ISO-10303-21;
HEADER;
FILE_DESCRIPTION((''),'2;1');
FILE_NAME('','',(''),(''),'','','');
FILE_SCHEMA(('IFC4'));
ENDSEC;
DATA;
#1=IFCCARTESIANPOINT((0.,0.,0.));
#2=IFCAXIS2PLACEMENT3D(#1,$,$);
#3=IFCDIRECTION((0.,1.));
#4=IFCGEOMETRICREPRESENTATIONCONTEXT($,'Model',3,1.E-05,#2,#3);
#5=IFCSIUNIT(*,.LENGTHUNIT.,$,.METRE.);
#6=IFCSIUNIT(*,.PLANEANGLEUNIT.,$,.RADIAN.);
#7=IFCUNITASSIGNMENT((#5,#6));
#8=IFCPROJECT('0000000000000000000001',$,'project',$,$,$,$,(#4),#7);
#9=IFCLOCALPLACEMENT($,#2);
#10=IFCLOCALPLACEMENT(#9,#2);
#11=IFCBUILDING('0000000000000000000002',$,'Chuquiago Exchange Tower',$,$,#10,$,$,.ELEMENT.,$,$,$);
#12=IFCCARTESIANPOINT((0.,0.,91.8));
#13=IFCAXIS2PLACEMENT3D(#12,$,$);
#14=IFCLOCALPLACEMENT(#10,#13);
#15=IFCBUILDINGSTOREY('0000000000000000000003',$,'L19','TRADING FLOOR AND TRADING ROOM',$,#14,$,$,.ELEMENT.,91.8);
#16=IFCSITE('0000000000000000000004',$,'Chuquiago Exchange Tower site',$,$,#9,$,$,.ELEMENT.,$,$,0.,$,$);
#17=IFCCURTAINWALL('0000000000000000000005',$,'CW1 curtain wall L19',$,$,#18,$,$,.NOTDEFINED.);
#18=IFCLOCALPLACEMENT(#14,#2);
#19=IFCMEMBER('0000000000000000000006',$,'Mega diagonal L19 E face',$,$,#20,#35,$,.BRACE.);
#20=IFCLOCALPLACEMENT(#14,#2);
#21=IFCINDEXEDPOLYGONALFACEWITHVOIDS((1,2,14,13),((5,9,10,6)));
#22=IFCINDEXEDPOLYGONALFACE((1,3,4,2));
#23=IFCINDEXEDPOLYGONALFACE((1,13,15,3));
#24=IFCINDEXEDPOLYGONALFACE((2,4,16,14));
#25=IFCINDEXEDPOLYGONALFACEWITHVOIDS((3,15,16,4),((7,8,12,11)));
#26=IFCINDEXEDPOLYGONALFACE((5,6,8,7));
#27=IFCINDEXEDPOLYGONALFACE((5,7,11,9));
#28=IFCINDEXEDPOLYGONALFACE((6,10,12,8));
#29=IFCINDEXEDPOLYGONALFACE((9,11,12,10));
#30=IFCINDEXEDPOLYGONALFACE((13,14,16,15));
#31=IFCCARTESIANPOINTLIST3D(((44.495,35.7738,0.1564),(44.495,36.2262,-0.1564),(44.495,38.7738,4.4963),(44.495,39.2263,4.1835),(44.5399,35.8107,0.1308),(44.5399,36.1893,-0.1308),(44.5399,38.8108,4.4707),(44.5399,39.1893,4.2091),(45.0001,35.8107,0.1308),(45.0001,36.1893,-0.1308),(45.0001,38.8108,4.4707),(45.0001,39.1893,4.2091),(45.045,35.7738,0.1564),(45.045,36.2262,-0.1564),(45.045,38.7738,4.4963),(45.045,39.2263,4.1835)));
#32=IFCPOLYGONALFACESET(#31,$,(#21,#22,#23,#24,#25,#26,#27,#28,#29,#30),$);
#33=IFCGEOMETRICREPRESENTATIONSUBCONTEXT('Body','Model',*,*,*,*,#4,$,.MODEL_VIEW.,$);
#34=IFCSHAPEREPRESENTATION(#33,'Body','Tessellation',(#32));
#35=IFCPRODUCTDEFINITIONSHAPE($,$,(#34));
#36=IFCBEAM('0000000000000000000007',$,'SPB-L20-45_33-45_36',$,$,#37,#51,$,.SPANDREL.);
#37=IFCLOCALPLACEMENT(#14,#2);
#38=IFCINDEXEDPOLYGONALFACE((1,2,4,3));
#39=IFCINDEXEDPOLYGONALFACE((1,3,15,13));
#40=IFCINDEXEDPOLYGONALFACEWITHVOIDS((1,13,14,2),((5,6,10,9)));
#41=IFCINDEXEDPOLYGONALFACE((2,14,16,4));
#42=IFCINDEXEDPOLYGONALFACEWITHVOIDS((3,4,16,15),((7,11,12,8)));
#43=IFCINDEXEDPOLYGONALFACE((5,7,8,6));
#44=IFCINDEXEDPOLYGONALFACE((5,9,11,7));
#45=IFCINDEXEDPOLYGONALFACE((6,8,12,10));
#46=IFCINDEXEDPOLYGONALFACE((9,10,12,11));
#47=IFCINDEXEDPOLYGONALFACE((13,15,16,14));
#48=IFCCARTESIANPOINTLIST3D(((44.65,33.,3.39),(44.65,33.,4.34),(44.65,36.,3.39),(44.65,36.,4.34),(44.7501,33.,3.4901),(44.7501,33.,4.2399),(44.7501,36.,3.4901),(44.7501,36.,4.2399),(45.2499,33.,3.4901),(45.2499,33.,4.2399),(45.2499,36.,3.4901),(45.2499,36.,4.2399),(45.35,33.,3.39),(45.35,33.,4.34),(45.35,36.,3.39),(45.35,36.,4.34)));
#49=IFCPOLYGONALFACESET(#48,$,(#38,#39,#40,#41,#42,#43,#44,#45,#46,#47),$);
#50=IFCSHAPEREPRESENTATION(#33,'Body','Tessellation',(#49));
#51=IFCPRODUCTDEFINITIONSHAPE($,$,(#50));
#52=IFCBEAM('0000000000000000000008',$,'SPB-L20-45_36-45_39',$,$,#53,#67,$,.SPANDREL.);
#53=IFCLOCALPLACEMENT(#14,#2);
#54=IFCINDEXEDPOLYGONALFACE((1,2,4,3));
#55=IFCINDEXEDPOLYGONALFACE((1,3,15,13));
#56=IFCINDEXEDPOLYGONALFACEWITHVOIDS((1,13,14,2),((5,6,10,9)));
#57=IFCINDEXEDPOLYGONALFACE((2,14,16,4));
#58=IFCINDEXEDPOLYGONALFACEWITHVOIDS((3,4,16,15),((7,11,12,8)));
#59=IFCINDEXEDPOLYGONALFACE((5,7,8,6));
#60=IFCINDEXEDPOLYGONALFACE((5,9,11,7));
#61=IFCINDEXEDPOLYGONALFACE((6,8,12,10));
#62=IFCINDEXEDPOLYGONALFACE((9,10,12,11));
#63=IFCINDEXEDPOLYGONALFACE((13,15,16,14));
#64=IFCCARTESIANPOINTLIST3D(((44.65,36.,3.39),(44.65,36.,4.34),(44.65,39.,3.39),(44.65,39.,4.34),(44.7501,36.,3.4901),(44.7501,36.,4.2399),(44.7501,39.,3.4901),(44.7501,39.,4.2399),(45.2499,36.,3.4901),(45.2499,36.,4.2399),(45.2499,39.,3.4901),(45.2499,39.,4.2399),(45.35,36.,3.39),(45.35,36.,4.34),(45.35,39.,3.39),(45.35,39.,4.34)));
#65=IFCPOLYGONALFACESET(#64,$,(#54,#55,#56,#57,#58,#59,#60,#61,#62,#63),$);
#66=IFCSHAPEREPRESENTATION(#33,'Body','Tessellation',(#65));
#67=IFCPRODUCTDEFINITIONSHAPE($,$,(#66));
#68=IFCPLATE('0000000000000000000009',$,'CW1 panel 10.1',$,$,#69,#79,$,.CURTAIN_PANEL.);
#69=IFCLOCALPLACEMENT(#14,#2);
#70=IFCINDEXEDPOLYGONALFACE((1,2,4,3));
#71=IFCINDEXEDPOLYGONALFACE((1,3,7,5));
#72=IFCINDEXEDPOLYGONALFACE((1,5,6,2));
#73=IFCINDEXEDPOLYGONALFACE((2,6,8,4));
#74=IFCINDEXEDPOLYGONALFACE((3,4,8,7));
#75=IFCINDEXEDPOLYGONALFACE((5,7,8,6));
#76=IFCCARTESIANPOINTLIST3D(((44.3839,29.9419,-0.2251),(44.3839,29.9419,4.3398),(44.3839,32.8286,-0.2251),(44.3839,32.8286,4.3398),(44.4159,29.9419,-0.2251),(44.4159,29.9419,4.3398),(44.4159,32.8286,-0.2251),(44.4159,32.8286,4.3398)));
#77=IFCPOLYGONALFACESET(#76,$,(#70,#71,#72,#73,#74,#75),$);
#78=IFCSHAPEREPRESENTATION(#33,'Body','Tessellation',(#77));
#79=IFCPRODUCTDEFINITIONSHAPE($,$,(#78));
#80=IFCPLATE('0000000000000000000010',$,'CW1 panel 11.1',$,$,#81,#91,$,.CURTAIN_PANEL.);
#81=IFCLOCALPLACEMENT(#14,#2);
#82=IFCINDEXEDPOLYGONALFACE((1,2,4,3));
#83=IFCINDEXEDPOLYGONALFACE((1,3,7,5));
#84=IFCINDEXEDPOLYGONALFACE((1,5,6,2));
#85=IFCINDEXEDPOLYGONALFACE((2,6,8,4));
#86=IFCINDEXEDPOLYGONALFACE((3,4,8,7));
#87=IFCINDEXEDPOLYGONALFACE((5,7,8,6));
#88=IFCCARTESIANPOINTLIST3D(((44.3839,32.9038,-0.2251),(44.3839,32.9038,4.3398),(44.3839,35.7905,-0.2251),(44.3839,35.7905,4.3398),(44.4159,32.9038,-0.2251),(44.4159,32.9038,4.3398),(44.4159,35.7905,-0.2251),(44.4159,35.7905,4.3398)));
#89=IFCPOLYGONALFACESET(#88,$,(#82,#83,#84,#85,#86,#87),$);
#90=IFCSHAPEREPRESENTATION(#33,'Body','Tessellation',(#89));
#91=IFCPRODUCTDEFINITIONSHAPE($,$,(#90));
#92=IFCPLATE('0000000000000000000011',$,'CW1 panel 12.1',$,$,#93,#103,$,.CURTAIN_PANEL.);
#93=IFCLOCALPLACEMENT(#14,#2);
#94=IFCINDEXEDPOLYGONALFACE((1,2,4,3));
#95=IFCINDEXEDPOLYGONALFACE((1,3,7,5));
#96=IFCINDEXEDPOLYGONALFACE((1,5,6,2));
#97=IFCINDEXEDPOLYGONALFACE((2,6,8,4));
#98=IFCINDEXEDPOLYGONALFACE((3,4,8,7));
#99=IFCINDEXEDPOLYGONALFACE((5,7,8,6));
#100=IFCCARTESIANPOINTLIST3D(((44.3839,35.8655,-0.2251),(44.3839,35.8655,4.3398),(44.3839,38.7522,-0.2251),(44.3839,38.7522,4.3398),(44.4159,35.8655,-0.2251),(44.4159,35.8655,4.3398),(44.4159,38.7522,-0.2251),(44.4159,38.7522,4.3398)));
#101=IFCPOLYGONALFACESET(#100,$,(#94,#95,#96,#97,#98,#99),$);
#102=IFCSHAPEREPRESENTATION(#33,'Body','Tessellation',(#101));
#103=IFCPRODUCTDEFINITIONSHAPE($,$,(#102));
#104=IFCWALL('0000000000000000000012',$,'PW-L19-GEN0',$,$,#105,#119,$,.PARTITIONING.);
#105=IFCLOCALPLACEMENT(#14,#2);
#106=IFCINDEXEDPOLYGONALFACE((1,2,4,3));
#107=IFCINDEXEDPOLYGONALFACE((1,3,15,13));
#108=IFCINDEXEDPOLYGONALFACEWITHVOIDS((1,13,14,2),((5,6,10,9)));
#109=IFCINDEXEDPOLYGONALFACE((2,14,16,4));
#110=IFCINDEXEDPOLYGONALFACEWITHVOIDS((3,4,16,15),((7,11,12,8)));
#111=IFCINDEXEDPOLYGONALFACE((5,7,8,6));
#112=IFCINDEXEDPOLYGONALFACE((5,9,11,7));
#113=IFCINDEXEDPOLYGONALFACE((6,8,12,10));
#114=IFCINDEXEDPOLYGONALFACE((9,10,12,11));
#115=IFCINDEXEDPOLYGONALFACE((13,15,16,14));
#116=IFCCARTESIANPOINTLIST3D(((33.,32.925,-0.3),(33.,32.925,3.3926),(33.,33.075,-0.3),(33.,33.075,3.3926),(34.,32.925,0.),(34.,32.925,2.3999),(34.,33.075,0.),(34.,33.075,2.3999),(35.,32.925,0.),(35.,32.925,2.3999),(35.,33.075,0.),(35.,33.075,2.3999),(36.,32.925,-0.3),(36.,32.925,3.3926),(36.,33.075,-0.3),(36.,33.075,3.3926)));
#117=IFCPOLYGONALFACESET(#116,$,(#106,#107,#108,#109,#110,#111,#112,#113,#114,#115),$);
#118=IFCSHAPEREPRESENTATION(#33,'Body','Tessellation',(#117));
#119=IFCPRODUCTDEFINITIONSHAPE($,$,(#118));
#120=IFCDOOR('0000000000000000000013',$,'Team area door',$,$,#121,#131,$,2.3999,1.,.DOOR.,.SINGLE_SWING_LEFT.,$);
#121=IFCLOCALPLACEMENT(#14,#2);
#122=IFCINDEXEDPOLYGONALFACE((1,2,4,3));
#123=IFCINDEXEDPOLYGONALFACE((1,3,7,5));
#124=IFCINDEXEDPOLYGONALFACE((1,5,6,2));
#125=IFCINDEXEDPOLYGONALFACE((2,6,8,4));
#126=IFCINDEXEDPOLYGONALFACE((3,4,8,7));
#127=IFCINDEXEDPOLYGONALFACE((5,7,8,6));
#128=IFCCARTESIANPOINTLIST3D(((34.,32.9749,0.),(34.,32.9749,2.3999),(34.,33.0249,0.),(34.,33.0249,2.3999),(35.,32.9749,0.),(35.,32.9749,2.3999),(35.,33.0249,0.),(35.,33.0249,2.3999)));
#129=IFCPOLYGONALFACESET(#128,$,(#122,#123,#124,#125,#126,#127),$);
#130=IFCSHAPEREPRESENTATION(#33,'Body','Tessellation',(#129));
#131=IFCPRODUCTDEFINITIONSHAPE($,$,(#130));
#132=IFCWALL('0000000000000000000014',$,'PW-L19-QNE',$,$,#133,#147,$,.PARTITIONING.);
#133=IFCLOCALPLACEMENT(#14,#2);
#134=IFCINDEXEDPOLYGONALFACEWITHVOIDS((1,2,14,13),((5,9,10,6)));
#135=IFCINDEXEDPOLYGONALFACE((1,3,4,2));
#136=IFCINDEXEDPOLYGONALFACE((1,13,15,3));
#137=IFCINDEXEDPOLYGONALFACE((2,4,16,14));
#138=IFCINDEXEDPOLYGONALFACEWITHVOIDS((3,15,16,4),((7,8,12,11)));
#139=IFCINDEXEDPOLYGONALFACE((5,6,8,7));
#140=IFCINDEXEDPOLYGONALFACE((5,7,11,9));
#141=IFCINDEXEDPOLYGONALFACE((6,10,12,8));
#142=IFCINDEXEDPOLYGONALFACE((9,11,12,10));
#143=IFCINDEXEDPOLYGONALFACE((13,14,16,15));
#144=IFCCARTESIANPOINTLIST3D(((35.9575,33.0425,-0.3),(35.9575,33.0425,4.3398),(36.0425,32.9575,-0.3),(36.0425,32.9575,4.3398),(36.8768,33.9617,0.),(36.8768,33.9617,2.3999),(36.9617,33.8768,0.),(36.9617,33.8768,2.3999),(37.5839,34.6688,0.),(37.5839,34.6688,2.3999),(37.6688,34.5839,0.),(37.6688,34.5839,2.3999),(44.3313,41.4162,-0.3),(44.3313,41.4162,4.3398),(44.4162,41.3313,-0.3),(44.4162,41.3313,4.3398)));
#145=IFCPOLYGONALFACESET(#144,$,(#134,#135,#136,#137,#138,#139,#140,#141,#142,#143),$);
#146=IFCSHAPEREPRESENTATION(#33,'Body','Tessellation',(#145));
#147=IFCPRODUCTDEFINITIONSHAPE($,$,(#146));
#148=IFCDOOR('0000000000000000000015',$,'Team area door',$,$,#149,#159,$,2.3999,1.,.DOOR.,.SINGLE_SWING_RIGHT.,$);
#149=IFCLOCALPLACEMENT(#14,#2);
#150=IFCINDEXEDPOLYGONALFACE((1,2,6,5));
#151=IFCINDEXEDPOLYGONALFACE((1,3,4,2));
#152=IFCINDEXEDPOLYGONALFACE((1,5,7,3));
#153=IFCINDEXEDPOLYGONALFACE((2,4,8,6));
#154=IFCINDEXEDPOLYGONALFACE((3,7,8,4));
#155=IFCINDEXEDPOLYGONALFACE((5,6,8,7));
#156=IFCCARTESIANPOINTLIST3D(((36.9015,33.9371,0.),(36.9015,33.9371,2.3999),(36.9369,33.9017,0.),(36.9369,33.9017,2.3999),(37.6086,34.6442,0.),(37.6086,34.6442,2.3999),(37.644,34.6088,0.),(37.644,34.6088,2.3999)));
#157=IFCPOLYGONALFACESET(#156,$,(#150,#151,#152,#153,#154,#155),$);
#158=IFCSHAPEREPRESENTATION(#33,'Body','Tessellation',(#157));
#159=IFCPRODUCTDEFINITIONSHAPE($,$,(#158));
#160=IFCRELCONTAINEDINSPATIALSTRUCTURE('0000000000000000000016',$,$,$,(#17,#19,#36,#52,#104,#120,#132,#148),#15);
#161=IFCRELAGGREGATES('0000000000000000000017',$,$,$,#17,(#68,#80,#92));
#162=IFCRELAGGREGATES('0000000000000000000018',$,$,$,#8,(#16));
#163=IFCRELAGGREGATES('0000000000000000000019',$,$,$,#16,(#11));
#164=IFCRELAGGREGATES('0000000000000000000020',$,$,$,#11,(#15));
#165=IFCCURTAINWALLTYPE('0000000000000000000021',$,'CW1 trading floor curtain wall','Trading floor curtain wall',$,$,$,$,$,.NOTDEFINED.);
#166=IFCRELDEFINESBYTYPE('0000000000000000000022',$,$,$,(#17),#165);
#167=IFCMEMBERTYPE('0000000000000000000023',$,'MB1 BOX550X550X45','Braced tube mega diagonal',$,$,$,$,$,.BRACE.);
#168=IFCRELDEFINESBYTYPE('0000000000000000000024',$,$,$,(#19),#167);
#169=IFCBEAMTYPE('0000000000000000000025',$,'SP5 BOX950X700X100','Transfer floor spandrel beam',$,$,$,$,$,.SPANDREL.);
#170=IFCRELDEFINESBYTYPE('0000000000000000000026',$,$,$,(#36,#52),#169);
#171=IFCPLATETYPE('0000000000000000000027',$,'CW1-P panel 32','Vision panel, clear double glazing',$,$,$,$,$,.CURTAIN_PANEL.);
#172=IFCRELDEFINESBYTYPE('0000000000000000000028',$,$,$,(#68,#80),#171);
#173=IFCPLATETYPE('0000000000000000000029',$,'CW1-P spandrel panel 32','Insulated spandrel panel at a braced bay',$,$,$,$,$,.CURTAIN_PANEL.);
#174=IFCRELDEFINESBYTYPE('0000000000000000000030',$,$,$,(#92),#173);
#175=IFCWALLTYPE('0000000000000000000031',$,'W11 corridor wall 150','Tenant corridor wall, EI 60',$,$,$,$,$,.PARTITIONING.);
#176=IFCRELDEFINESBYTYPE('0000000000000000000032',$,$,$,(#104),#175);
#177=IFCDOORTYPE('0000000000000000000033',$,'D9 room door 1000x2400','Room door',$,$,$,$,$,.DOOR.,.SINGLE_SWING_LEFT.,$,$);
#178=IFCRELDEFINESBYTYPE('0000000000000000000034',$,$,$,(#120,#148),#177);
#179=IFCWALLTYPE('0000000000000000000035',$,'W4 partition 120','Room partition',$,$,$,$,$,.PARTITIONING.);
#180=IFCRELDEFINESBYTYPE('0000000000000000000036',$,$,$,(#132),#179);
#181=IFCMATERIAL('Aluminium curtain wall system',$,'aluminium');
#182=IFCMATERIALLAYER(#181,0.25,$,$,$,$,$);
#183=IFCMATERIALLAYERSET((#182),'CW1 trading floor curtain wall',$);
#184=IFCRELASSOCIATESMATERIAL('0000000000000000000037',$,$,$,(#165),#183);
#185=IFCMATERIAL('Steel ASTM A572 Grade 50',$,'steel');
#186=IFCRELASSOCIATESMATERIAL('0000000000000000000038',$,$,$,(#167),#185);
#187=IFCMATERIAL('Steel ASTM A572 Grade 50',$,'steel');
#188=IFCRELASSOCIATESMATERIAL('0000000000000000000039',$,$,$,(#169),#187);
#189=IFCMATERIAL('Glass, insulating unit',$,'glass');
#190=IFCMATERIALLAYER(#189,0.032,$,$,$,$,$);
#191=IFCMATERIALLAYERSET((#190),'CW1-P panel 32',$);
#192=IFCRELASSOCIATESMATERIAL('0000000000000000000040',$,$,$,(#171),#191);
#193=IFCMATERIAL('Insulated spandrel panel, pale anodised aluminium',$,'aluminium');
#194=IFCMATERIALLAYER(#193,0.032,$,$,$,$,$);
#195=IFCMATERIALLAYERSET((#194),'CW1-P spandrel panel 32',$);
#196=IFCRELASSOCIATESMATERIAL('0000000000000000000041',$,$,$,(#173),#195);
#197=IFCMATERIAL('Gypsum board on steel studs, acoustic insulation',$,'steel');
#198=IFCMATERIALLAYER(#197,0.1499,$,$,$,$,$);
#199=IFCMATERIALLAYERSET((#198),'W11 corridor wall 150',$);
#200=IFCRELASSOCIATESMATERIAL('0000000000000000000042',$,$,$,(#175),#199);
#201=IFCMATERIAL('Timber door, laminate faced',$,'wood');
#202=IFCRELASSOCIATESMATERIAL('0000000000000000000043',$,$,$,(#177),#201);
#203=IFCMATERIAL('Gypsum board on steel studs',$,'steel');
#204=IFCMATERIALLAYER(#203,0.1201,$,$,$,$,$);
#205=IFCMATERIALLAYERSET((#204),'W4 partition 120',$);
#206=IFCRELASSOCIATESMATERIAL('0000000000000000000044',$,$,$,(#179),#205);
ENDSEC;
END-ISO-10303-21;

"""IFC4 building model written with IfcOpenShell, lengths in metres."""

from ifc_helpers import new_model, si_unit, direction, frame, frame_2d, origin, origin_2d, place, context, subcontext, project, spatial, rectangle, hollow_rectangle, extrude, material, layer, layer_set, material_profile, profile_set, type_object, element, fill, aggregate, save


model = new_model("IFC4")

# Units and contexts
model_context = context("Model", 3, precision=1e-05, world=origin(), true_north=direction((0.0, 1.0)))
body_context = subcontext(model_context, "Body", "Model", "MODEL_VIEW")
ifc_project = project(units=[si_unit("LENGTHUNIT", "METRE"), si_unit("PLANEANGLEUNIT", "RADIAN")], contexts=[model_context])

# Site, building, storey
site_placement = place(None, origin())
site = spatial("IfcSite", under=ifc_project, at=site_placement, Name="Chuquiago Exchange Tower site", CompositionType="ELEMENT", RefElevation=0.0)
building_placement = place(site_placement, origin())
building = spatial("IfcBuilding", under=site, at=building_placement, Name="Chuquiago Exchange Tower", CompositionType="ELEMENT")
storey_placement = place(building_placement, frame((0.0, 0.0, 91.8)))
storey = spatial("IfcBuildingStorey", under=building, at=storey_placement, Name="L19", Description="TRADING FLOOR AND TRADING ROOM", CompositionType="ELEMENT", Elevation=91.8)

# Curtain wall
ifc_material_1 = material(Name="Aluminium curtain wall system", Category="aluminium")
ifc_layer_1 = layer(ifc_material_1, 0.25)
ifc_layer_set_1 = layer_set([ifc_layer_1], Name="CW1 trading floor curtain wall")
curtain_wall_type = type_object("IfcCurtainWallType", Name="CW1 trading floor curtain wall", Description="Trading floor curtain wall", PredefinedType="NOTDEFINED", material=ifc_layer_set_1)
curtain_wall_placement = place(storey_placement, origin())
curtain_wall = element("IfcCurtainWall", 1, at=curtain_wall_placement, inside=storey, type_object=curtain_wall_type, Name="CW1 curtain wall L19", PredefinedType="NOTDEFINED")

# Member
ifc_material_2 = material(Name="Steel ASTM A572 Grade 50", Category="steel")
ifc_material_profile_1 = material_profile(ifc_material_2, hollow_rectangle(XDim=0.55, YDim=0.55, WallThickness=0.0449, at=origin_2d()), Name="BOX550X550X45")
ifc_profile_set_1 = profile_set([ifc_material_profile_1], Name="Steel ASTM A572 Grade 50")
member_type_1 = type_object("IfcMemberType", Name="MB1 BOX550X550X45", Description="Braced tube mega diagonal", PredefinedType="BRACE", material=ifc_profile_set_1)
member_1_placement = place(storey_placement, frame((44.77, 36.0, 0.0), z_axis=(0.0, 0.568632, 0.822592), x_axis=(-1.0, 0.0, 0.0)))
element("IfcMember", 2, at=member_1_placement, inside=storey, type_object=member_type_1, Name="Mega diagonal L19 E face", PredefinedType="BRACE", context=body_context, shape_type="SweptSolid", body=[
    extrude(hollow_rectangle(XDim=0.55, YDim=0.55, WallThickness=0.0449, at=origin_2d()), origin(), (0.0, 0.0, 1.0), 5.2759),
])

# Beams
ifc_material_3 = material(Name="Steel ASTM A572 Grade 50", Category="steel")
ifc_material_profile_2 = material_profile(ifc_material_3, hollow_rectangle(XDim=0.7, YDim=0.95, WallThickness=0.1001, at=origin_2d()), Name="BOX950X700X100")
ifc_profile_set_2 = profile_set([ifc_material_profile_2], Name="Steel ASTM A572 Grade 50")
beam_type_1 = type_object("IfcBeamType", Name="SP5 BOX950X700X100", Description="Transfer floor spandrel beam", PredefinedType="SPANDREL", material=ifc_profile_set_2)
for number, where, z_axis, x_axis, name in (
    (3, (45.0, 33.0, 3.865), (0.0, 1.0, 0.0), (-1.0, 0.0, 0.0), "SPB-L20-45_33-45_36"),
    (4, (45.0, 36.0, 3.865), (0.0, 1.0, 0.0), (-1.0, 0.0, 0.0), "SPB-L20-45_36-45_39"),
):
    element("IfcBeam", number, at=place(storey_placement, frame(where, z_axis=z_axis, x_axis=x_axis)), inside=storey, type_object=beam_type_1, Name=name, PredefinedType="SPANDREL", context=body_context, shape_type="SweptSolid", body=[
        extrude(hollow_rectangle(XDim=0.7, YDim=0.95, WallThickness=0.1001, at=origin_2d()), origin(), (0.0, 0.0, 1.0), 3.0),
    ])

# Plates
ifc_material_4 = material(Name="Glass, insulating unit", Category="glass")
ifc_layer_2 = layer(ifc_material_4, 0.032)
ifc_layer_set_2 = layer_set([ifc_layer_2], Name="CW1-P panel 32")
plate_type_1 = type_object("IfcPlateType", Name="CW1-P panel 32", Description="Vision panel, clear double glazing", PredefinedType="CURTAIN_PANEL", material=ifc_layer_set_2)
plate_1_placement = place(storey_placement, frame((44.3999, 31.3853, -0.2251), z_axis=(0.0, 0.0, 1.0), x_axis=(0.0, 1.0, 0.0)))
plate_1 = element("IfcPlate", 5, at=plate_1_placement, type_object=plate_type_1, Name="CW1 panel 10.1", PredefinedType="CURTAIN_PANEL", context=body_context, shape_type="SweptSolid", body=[
    extrude(rectangle(XDim=2.8867, YDim=0.032, at=origin_2d()), origin(), (0.0, 0.0, 1.0), 4.5649),
])
plate_2_placement = place(storey_placement, frame((44.3999, 34.3472, -0.2251), z_axis=(0.0, 0.0, 1.0), x_axis=(0.0, 1.0, 0.0)))
plate_2 = element("IfcPlate", 6, at=plate_2_placement, type_object=plate_type_1, Name="CW1 panel 11.1", PredefinedType="CURTAIN_PANEL", context=body_context, shape_type="SweptSolid", body=[
    extrude(rectangle(XDim=2.8867, YDim=0.032, at=origin_2d()), origin(), (0.0, 0.0, 1.0), 4.5649),
])
ifc_material_5 = material(Name="Insulated spandrel panel, pale anodised aluminium", Category="aluminium")
ifc_layer_3 = layer(ifc_material_5, 0.032)
ifc_layer_set_3 = layer_set([ifc_layer_3], Name="CW1-P spandrel panel 32")
plate_type_2 = type_object("IfcPlateType", Name="CW1-P spandrel panel 32", Description="Insulated spandrel panel at a braced bay", PredefinedType="CURTAIN_PANEL", material=ifc_layer_set_3)
plate_3_placement = place(storey_placement, frame((44.3999, 37.3088, -0.2251), z_axis=(0.0, 0.0, 1.0), x_axis=(0.0, 1.0, 0.0)))
plate_3 = element("IfcPlate", 7, at=plate_3_placement, type_object=plate_type_2, Name="CW1 panel 12.1", PredefinedType="CURTAIN_PANEL", context=body_context, shape_type="SweptSolid", body=[
    extrude(rectangle(XDim=2.8867, YDim=0.032, at=origin_2d()), origin(), (0.0, 0.0, 1.0), 4.5649),
])
aggregate(curtain_wall, [plate_1, plate_2, plate_3])

# Walls, openings, doors
ifc_material_6 = material(Name="Gypsum board on steel studs, acoustic insulation", Category="steel")
ifc_layer_4 = layer(ifc_material_6, 0.1499)
ifc_layer_set_4 = layer_set([ifc_layer_4], Name="W11 corridor wall 150")
wall_type_1 = type_object("IfcWallType", Name="W11 corridor wall 150", Description="Tenant corridor wall, EI 60", PredefinedType="PARTITIONING", material=ifc_layer_set_4)
wall_1_placement = place(storey_placement, frame((33.0, 33.0, -0.3), z_axis=(0.0, 0.0, 1.0), x_axis=(1.0, 0.0, 0.0)))
wall_1 = element("IfcWall", 8, at=wall_1_placement, inside=storey, type_object=wall_type_1, Name="PW-L19-GEN0", PredefinedType="PARTITIONING", context=body_context, shape_type="SweptSolid", body=[
    extrude(rectangle(XDim=3.0, YDim=0.1499, at=frame_2d((1.5, 0.0))), origin(), (0.0, 0.0, 1.0), 3.6926),
])
opening_1_placement = place(wall_1_placement, frame((1.0, 0.0, 0.3)))
opening_1 = element("IfcOpeningElement", 9, at=opening_1_placement, cuts=wall_1, PredefinedType="OPENING", context=body_context, shape_type="SweptSolid", body=[
    extrude(rectangle(XDim=1.0, YDim=2.3999, at=frame_2d((0.5, 1.2))), frame((0.0, 0.085, 0.0), z_axis=(0.0, -1.0, 0.0), x_axis=(1.0, 0.0, 0.0)), (0.0, 0.0, 1.0), 0.1699),
])
ifc_material_7 = material(Name="Timber door, laminate faced", Category="wood")
door_type = type_object("IfcDoorType", Name="D9 room door 1000x2400", Description="Room door", OperationType="SINGLE_SWING_LEFT", PredefinedType="DOOR", material=ifc_material_7)
door_1_placement = place(opening_1_placement, origin())
door_1 = element("IfcDoor", 10, at=door_1_placement, inside=storey, type_object=door_type, Name="Team area door", OperationType="SINGLE_SWING_LEFT", OverallHeight=2.3999, OverallWidth=1.0, PredefinedType="DOOR", context=body_context, shape_type="SweptSolid", body=[
    extrude(rectangle(XDim=1.0, YDim=2.3999, at=frame_2d((0.5, 1.2))), frame((0.0, 0.0249, 0.0), z_axis=(0.0, -1.0, 0.0), x_axis=(1.0, 0.0, 0.0)), (0.0, 0.0, 1.0), 0.05),
])
fill(opening_1, door_1)
ifc_material_8 = material(Name="Gypsum board on steel studs", Category="steel")
ifc_layer_5 = layer(ifc_material_8, 0.1201)
ifc_layer_set_5 = layer_set([ifc_layer_5], Name="W4 partition 120")
wall_type_2 = type_object("IfcWallType", Name="W4 partition 120", Description="Room partition", PredefinedType="PARTITIONING", material=ifc_layer_set_5)
wall_2_placement = place(storey_placement, frame((36.0, 33.0, -0.3), z_axis=(0.0, 0.0, 1.0), x_axis=(0.707107, 0.707107, 0.0)))
wall_2 = element("IfcWall", 11, at=wall_2_placement, inside=storey, type_object=wall_type_2, Name="PW-L19-QNE", PredefinedType="PARTITIONING", context=body_context, shape_type="SweptSolid", body=[
    extrude(rectangle(XDim=11.8423, YDim=0.1201, at=frame_2d((5.9211, 0.0))), origin(), (0.0, 0.0, 1.0), 4.6399),
])
opening_2_placement = place(wall_2_placement, frame((1.3, 0.0, 0.3)))
opening_2 = element("IfcOpeningElement", 12, at=opening_2_placement, cuts=wall_2, PredefinedType="OPENING", context=body_context, shape_type="SweptSolid", body=[
    extrude(rectangle(XDim=1.0, YDim=2.3999, at=frame_2d((0.5, 1.2))), frame((0.0, 0.0701, 0.0), z_axis=(0.0, -1.0, 0.0), x_axis=(1.0, 0.0, 0.0)), (0.0, 0.0, 1.0), 0.1401),
])
door_2_placement = place(opening_2_placement, frame((1.0, 0.0, 0.0), z_axis=(0.0, 0.0, 1.0), x_axis=(-1.0, 0.0, 0.0)))
door_2 = element("IfcDoor", 13, at=door_2_placement, inside=storey, type_object=door_type, Name="Team area door", OperationType="SINGLE_SWING_RIGHT", OverallHeight=2.3999, OverallWidth=1.0, PredefinedType="DOOR", context=body_context, shape_type="SweptSolid", body=[
    extrude(rectangle(XDim=1.0, YDim=2.3999, at=frame_2d((0.5, 1.2))), frame((0.0, 0.0249, 0.0), z_axis=(0.0, -1.0, 0.0), x_axis=(1.0, 0.0, 0.0)), (0.0, 0.0, 1.0), 0.05),
])
fill(opening_2, door_2)

save(model, "model.ifc")
